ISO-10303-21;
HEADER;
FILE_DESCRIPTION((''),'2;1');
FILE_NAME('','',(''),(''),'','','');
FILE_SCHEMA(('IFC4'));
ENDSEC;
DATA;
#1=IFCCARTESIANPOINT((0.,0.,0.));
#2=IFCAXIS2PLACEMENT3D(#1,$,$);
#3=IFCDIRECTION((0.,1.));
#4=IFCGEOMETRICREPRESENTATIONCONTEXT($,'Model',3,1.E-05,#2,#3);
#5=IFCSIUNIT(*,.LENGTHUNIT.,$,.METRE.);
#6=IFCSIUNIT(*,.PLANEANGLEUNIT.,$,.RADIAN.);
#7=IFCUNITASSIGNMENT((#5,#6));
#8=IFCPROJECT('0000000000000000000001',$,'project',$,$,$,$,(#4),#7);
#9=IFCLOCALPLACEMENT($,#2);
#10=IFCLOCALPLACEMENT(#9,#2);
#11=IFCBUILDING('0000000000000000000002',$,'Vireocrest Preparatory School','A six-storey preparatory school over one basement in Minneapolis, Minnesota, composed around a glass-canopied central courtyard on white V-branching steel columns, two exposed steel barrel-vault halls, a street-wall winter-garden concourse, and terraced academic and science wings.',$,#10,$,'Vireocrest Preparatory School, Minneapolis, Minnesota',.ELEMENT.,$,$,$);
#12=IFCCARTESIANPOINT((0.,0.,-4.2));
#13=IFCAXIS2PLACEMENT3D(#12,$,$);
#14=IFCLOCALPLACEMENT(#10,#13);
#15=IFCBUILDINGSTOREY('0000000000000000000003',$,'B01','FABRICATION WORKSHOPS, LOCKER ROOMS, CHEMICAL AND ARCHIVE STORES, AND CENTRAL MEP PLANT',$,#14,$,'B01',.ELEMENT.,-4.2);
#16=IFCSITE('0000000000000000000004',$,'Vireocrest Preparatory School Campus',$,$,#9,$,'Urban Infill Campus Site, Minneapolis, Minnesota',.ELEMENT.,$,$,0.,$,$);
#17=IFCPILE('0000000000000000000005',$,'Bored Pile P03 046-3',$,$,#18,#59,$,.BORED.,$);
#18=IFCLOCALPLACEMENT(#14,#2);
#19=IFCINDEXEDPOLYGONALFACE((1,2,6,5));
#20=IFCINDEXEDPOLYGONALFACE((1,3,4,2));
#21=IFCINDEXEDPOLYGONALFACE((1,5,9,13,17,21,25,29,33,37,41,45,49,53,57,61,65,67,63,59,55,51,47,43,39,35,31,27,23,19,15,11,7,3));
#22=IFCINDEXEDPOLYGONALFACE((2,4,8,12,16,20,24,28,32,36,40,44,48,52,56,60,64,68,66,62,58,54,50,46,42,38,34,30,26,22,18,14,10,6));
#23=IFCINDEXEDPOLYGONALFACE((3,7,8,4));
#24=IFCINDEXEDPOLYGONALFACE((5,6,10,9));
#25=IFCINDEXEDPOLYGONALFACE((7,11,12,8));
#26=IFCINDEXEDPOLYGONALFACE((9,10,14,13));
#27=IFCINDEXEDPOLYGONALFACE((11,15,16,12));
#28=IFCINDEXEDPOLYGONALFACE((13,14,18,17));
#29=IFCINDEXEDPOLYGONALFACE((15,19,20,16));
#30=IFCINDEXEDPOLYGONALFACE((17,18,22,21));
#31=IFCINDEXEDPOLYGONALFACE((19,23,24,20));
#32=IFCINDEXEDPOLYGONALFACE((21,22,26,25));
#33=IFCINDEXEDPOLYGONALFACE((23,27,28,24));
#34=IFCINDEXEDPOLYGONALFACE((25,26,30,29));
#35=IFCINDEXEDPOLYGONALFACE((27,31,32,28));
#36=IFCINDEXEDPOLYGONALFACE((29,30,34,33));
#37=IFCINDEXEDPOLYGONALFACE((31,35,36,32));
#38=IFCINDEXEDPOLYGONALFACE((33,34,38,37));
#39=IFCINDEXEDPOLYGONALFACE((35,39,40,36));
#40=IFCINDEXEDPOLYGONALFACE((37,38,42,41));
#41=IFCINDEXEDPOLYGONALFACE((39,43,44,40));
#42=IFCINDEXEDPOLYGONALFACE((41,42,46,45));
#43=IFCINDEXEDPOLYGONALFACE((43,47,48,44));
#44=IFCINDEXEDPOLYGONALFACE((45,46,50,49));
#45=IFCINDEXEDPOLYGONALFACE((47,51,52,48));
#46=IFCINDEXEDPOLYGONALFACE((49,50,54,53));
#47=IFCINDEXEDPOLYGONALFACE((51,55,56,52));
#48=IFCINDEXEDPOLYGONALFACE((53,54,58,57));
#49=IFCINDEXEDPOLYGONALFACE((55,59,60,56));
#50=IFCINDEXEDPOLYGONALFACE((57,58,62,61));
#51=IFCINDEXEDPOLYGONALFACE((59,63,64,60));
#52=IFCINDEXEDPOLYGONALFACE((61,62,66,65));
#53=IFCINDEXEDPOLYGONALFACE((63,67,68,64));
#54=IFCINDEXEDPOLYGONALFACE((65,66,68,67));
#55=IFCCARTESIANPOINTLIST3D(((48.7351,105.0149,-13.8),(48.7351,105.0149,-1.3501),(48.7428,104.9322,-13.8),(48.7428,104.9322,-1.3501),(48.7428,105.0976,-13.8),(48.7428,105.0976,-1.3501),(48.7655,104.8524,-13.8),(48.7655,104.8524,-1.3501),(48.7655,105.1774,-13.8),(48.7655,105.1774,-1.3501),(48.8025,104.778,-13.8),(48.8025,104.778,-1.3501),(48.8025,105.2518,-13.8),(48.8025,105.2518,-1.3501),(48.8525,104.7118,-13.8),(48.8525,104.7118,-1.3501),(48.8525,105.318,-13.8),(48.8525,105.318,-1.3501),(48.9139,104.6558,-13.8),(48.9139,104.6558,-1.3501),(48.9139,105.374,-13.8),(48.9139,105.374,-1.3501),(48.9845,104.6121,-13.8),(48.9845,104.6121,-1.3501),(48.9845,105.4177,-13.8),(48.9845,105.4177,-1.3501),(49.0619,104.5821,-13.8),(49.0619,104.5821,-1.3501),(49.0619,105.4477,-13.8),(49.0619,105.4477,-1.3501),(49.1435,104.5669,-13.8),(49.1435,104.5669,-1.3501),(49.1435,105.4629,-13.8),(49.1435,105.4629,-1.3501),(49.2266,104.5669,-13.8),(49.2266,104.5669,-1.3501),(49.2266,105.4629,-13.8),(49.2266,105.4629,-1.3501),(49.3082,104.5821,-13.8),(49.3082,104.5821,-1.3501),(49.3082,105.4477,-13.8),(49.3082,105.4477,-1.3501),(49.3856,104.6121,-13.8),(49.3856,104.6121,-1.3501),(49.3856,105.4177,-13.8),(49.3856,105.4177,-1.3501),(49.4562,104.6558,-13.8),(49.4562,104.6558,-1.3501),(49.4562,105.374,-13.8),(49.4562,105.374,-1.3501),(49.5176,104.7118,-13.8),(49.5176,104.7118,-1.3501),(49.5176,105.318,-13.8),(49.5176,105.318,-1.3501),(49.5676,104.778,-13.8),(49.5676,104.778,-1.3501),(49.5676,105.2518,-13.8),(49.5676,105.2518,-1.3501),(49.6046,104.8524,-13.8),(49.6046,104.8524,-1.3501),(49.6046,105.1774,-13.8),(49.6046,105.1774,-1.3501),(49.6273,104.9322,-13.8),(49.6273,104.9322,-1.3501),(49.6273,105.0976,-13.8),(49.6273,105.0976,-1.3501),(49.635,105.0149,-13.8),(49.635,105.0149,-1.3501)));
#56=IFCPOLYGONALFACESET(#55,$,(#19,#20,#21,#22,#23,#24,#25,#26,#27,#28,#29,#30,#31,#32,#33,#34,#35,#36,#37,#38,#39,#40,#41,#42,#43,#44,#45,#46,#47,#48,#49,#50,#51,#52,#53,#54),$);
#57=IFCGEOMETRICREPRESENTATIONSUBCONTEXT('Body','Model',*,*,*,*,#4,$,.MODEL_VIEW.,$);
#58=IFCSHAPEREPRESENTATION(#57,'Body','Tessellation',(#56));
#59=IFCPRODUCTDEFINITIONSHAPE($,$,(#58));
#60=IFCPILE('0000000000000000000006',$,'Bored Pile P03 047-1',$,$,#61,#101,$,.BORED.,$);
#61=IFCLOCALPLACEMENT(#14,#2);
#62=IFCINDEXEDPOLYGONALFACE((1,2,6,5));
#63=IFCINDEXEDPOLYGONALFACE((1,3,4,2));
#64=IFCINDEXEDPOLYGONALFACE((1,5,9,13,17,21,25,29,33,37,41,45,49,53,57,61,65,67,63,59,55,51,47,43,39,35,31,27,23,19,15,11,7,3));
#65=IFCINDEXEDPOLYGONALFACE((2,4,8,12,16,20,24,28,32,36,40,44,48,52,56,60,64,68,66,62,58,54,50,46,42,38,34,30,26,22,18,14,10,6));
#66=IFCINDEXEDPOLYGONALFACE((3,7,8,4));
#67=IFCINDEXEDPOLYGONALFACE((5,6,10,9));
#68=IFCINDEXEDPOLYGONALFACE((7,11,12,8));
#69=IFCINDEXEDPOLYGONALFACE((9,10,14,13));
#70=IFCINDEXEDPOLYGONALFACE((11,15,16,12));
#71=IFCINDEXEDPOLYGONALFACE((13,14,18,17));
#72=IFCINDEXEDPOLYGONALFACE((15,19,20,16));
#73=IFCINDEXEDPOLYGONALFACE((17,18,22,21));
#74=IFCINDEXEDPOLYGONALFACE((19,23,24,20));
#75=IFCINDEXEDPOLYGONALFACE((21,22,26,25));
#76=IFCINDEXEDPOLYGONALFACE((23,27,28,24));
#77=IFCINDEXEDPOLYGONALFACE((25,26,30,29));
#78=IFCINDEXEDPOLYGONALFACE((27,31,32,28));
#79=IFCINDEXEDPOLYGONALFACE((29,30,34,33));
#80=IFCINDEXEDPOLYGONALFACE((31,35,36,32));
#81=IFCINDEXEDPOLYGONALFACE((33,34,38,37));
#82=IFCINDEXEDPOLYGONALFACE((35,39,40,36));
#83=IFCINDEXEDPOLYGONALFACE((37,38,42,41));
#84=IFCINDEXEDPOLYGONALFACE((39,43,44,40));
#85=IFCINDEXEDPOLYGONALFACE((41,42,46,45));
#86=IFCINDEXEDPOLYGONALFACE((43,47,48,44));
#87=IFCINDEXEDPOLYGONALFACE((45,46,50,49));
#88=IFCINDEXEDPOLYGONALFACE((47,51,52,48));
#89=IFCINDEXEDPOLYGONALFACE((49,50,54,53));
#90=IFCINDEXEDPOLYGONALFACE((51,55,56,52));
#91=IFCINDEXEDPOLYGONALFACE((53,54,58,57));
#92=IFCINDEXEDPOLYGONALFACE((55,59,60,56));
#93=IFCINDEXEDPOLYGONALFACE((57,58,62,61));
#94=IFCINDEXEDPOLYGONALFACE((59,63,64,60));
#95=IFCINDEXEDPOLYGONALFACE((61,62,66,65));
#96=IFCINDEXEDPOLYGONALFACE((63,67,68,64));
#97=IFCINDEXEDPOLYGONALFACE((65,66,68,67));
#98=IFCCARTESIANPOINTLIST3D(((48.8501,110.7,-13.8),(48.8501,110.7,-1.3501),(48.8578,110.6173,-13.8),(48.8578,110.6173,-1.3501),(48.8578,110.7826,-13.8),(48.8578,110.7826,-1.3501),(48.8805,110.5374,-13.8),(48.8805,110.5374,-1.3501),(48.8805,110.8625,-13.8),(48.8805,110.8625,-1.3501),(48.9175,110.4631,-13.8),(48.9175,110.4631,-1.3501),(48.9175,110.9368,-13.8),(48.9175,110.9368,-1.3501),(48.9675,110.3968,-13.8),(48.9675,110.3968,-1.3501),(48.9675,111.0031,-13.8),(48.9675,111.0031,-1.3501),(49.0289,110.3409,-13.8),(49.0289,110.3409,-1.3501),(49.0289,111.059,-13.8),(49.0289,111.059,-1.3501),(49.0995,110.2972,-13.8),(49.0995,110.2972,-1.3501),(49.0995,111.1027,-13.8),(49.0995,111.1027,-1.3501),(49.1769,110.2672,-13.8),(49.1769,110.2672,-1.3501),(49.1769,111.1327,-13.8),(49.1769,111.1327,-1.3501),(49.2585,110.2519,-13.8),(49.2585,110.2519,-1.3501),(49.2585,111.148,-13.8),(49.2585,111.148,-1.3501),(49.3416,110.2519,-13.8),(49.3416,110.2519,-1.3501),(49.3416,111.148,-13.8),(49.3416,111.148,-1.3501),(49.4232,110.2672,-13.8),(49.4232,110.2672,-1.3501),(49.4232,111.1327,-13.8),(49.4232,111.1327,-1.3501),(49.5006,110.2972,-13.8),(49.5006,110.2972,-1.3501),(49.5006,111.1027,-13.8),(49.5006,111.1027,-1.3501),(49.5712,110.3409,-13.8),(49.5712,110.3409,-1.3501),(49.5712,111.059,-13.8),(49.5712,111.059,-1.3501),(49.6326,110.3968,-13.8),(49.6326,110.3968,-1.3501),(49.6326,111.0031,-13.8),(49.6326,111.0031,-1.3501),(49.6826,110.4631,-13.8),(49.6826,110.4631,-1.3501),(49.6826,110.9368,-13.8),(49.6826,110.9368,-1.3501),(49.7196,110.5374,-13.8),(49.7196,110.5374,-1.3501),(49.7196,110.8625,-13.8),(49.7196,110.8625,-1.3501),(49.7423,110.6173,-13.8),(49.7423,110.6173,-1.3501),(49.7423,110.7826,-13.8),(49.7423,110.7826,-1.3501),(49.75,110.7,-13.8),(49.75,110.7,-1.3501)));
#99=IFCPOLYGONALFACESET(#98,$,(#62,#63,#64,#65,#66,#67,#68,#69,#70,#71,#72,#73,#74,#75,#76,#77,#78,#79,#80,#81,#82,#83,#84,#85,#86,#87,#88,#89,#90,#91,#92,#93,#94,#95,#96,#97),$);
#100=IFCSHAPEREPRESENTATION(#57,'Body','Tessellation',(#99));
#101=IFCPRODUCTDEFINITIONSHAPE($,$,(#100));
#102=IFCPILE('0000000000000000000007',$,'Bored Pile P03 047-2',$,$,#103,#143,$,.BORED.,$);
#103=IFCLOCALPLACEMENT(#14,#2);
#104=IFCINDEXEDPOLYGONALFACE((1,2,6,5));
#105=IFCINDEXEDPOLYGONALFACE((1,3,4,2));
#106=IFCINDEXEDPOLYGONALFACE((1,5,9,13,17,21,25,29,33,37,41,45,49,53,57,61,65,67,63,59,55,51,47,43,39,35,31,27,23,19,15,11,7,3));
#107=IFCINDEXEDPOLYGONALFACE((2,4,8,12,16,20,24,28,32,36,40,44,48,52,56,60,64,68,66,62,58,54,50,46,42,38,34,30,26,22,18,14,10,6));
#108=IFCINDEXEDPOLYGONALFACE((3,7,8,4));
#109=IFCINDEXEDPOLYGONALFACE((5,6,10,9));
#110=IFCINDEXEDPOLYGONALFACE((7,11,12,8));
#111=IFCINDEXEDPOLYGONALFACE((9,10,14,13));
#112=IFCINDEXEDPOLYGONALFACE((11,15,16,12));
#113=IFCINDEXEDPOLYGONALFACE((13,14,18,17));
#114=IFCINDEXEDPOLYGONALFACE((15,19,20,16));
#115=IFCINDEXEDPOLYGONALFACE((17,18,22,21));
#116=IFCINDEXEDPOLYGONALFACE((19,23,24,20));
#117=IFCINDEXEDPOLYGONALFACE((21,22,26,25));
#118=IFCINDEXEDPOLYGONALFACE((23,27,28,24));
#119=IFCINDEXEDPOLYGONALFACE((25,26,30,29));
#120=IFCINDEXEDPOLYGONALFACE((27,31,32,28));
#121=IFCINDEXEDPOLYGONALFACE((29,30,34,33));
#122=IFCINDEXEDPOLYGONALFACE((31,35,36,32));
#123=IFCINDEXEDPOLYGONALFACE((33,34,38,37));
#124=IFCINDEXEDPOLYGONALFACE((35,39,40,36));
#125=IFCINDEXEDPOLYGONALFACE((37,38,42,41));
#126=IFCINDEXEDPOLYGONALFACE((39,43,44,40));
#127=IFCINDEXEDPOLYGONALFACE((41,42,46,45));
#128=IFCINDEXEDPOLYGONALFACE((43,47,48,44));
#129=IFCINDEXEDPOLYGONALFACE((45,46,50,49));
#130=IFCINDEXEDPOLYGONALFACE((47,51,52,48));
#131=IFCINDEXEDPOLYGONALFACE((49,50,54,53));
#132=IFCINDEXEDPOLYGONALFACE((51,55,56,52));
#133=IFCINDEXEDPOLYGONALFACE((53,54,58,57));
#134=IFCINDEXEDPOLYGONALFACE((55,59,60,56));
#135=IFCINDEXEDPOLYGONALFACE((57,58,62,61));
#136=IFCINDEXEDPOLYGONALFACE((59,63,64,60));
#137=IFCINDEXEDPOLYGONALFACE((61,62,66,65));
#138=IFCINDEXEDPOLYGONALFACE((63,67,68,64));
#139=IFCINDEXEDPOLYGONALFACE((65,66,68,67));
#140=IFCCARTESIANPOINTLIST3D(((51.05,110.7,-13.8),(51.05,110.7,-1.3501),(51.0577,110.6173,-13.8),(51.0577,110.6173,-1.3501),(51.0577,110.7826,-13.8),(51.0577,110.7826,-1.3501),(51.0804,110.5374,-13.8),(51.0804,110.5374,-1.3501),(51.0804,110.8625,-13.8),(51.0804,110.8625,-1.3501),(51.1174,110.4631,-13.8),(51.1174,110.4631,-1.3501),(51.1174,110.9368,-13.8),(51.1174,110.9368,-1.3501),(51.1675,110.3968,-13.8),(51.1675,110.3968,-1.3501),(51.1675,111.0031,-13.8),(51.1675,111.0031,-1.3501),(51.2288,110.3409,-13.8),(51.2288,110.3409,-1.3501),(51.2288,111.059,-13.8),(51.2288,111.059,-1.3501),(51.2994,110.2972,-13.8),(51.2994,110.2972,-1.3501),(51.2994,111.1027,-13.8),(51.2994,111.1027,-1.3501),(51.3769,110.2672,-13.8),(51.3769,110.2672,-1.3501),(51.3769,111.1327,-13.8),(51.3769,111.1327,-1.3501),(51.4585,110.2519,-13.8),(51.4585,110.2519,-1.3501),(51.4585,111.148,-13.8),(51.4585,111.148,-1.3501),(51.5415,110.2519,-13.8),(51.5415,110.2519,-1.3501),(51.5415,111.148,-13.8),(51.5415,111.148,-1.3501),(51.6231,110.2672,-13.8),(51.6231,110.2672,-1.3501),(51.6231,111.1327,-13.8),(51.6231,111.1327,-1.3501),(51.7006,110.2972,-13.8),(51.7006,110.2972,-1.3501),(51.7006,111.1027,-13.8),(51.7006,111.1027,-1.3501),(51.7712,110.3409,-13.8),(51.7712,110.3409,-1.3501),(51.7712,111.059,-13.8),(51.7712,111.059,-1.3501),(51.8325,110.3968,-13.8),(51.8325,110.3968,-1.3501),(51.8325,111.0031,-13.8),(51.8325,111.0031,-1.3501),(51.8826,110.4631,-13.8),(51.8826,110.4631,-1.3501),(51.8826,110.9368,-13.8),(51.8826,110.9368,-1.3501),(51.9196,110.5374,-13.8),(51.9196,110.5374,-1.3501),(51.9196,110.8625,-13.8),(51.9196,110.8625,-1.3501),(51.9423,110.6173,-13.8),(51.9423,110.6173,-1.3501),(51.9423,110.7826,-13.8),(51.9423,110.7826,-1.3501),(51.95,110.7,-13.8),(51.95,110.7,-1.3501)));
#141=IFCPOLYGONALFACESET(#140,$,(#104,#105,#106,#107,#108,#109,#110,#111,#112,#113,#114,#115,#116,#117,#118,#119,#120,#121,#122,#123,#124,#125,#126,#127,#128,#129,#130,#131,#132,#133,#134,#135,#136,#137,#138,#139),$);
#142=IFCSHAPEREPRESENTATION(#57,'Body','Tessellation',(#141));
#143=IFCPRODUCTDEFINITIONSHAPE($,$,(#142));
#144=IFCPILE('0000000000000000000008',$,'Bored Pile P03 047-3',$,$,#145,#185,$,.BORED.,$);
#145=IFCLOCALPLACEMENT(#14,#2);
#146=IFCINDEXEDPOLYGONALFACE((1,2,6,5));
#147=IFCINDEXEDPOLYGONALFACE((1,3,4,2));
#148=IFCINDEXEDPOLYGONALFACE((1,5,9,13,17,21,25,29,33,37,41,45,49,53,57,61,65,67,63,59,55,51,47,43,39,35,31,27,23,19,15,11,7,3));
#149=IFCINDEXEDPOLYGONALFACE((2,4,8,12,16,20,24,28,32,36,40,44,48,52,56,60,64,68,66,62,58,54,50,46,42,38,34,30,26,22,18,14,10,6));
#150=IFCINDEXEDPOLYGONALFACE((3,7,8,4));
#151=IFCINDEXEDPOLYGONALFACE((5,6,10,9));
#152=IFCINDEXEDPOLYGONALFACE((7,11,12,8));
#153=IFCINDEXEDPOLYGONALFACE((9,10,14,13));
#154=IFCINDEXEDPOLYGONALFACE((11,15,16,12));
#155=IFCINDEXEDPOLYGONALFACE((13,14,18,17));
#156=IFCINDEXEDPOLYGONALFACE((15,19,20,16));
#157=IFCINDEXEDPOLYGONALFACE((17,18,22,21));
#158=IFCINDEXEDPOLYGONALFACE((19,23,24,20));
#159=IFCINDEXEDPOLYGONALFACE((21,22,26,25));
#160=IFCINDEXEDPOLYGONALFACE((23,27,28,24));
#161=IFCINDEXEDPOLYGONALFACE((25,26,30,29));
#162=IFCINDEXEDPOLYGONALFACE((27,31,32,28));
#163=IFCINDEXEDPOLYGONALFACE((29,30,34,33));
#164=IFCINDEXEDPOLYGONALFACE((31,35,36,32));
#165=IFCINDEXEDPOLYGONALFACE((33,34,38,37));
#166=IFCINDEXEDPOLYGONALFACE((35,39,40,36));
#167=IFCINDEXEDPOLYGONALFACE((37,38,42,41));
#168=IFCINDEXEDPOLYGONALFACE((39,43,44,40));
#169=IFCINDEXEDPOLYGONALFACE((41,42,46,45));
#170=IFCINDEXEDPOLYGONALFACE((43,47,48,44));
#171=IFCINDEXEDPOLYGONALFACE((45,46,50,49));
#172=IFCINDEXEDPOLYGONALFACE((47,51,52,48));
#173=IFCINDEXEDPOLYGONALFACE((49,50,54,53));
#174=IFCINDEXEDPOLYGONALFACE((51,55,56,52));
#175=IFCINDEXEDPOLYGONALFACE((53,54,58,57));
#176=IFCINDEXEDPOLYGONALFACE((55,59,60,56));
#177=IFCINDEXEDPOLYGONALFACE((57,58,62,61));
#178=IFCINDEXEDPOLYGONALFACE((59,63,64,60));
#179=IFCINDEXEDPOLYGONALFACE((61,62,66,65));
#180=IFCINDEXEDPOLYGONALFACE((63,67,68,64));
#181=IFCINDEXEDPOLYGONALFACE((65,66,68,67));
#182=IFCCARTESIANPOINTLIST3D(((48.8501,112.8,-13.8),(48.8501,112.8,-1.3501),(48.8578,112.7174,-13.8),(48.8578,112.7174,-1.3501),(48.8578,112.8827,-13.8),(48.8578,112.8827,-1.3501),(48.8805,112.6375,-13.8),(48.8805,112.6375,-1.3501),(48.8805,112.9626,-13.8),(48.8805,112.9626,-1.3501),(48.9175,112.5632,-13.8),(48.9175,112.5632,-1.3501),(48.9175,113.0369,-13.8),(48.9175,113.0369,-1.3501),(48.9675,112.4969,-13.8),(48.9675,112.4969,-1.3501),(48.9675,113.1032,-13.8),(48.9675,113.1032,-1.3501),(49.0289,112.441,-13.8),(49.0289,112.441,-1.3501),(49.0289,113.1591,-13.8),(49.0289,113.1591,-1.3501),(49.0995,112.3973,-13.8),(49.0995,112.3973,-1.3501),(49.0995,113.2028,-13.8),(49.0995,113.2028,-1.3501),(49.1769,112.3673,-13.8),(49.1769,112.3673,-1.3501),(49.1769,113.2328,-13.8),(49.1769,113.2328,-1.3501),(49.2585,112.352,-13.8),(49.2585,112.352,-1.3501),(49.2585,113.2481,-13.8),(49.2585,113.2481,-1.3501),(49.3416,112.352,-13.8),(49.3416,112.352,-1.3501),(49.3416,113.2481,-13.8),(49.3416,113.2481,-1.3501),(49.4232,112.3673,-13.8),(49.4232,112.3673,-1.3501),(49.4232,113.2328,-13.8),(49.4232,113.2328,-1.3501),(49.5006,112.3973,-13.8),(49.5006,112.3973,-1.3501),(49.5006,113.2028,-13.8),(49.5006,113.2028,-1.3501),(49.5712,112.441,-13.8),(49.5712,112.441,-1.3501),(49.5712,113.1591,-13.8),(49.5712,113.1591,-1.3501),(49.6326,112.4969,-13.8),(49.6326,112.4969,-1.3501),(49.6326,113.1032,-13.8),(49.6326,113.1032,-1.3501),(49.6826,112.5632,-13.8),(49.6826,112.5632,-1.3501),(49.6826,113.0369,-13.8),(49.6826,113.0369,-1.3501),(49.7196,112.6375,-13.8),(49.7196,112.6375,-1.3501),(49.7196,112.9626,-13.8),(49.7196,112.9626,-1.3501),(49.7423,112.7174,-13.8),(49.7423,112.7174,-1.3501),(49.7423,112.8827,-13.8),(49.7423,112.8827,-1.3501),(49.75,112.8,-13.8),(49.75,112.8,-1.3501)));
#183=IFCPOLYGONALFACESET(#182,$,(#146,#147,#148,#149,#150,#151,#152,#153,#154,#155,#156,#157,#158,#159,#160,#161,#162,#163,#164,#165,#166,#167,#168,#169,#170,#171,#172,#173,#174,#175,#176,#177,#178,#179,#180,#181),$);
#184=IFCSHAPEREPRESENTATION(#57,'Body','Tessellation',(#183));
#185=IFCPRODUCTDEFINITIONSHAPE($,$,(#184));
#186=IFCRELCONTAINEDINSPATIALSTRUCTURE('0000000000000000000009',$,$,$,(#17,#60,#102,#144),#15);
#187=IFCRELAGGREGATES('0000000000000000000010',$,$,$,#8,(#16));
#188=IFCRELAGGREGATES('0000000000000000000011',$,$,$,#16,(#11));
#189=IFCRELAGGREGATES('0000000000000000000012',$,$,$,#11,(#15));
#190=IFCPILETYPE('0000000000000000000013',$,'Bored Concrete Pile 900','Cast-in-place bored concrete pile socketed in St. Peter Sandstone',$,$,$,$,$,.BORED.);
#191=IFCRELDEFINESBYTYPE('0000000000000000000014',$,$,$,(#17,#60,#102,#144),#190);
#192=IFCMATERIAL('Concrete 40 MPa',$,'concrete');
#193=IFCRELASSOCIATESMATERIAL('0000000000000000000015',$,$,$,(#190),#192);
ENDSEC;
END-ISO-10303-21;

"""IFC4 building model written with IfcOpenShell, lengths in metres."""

from ifc_helpers import new_model, si_unit, direction, frame, origin, origin_2d, place, context, subcontext, project, spatial, circle, extrude, material, material_profile, profile_set, type_object, element, save


model = new_model("IFC4")

# Units and contexts
model_context = context("Model", 3, precision=1e-05, world=origin(), true_north=direction((0.0, 1.0)))
body_context = subcontext(model_context, "Body", "Model", "MODEL_VIEW")
ifc_project = project(units=[si_unit("LENGTHUNIT", "METRE"), si_unit("PLANEANGLEUNIT", "RADIAN")], contexts=[model_context])

# Site, building, storey
site_placement = place(None, origin())
site = spatial("IfcSite", under=ifc_project, at=site_placement, Name="Vireocrest Preparatory School Campus", LongName="Urban Infill Campus Site, Minneapolis, Minnesota", CompositionType="ELEMENT", RefElevation=0.0)
building_placement = place(site_placement, origin())
building = spatial("IfcBuilding", under=site, at=building_placement, Name="Vireocrest Preparatory School", Description="A six-storey preparatory school over one basement in Minneapolis, Minnesota, composed around a glass-canopied central courtyard on white V-branching steel columns, two exposed steel barrel-vault halls, a street-wall winter-garden concourse, and terraced academic and science wings.", LongName="Vireocrest Preparatory School, Minneapolis, Minnesota", CompositionType="ELEMENT")
storey_placement = place(building_placement, frame((0.0, 0.0, -4.2)))
storey = spatial("IfcBuildingStorey", under=building, at=storey_placement, Name="B01", Description="FABRICATION WORKSHOPS, LOCKER ROOMS, CHEMICAL AND ARCHIVE STORES, AND CENTRAL MEP PLANT", LongName="B01", CompositionType="ELEMENT", Elevation=-4.2)

# Piles
ifc_material_1 = material(Name="Concrete 40 MPa", Category="concrete")
ifc_material_profile_1 = material_profile(ifc_material_1, circle(Radius=0.45, at=origin_2d()), Name="BORED PILE 900")
ifc_profile_set_1 = profile_set([ifc_material_profile_1], Name="Concrete 40 MPa")
pile_type = type_object("IfcPileType", Name="Bored Concrete Pile 900", Description="Cast-in-place bored concrete pile socketed in St. Peter Sandstone", PredefinedType="BORED", material=ifc_profile_set_1)
for number, where, z_axis, x_axis, name in (
    (1, (49.1851, 105.0149, -1.3501), (0.0, 0.0, -1.0), (1.0, 0.0, 0.0), "Bored Pile P03 046-3"),
    (2, (49.3, 110.7, -1.3501), (0.0, 0.0, -1.0), (1.0, 0.0, 0.0), "Bored Pile P03 047-1"),
    (3, (51.5, 110.7, -1.3501), (0.0, 0.0, -1.0), (1.0, 0.0, 0.0), "Bored Pile P03 047-2"),
    (4, (49.3, 112.8, -1.3501), (0.0, 0.0, -1.0), (1.0, 0.0, 0.0), "Bored Pile P03 047-3"),
):
    element("IfcPile", number, at=place(storey_placement, frame(where, z_axis=z_axis, x_axis=x_axis)), inside=storey, type_object=pile_type, Name=name, PredefinedType="BORED", context=body_context, shape_type="SweptSolid", body=[
        extrude(circle(Radius=0.45, at=origin_2d()), origin(), (0.0, 0.0, 1.0), 12.45),
    ])

save(model, "model.ifc")
